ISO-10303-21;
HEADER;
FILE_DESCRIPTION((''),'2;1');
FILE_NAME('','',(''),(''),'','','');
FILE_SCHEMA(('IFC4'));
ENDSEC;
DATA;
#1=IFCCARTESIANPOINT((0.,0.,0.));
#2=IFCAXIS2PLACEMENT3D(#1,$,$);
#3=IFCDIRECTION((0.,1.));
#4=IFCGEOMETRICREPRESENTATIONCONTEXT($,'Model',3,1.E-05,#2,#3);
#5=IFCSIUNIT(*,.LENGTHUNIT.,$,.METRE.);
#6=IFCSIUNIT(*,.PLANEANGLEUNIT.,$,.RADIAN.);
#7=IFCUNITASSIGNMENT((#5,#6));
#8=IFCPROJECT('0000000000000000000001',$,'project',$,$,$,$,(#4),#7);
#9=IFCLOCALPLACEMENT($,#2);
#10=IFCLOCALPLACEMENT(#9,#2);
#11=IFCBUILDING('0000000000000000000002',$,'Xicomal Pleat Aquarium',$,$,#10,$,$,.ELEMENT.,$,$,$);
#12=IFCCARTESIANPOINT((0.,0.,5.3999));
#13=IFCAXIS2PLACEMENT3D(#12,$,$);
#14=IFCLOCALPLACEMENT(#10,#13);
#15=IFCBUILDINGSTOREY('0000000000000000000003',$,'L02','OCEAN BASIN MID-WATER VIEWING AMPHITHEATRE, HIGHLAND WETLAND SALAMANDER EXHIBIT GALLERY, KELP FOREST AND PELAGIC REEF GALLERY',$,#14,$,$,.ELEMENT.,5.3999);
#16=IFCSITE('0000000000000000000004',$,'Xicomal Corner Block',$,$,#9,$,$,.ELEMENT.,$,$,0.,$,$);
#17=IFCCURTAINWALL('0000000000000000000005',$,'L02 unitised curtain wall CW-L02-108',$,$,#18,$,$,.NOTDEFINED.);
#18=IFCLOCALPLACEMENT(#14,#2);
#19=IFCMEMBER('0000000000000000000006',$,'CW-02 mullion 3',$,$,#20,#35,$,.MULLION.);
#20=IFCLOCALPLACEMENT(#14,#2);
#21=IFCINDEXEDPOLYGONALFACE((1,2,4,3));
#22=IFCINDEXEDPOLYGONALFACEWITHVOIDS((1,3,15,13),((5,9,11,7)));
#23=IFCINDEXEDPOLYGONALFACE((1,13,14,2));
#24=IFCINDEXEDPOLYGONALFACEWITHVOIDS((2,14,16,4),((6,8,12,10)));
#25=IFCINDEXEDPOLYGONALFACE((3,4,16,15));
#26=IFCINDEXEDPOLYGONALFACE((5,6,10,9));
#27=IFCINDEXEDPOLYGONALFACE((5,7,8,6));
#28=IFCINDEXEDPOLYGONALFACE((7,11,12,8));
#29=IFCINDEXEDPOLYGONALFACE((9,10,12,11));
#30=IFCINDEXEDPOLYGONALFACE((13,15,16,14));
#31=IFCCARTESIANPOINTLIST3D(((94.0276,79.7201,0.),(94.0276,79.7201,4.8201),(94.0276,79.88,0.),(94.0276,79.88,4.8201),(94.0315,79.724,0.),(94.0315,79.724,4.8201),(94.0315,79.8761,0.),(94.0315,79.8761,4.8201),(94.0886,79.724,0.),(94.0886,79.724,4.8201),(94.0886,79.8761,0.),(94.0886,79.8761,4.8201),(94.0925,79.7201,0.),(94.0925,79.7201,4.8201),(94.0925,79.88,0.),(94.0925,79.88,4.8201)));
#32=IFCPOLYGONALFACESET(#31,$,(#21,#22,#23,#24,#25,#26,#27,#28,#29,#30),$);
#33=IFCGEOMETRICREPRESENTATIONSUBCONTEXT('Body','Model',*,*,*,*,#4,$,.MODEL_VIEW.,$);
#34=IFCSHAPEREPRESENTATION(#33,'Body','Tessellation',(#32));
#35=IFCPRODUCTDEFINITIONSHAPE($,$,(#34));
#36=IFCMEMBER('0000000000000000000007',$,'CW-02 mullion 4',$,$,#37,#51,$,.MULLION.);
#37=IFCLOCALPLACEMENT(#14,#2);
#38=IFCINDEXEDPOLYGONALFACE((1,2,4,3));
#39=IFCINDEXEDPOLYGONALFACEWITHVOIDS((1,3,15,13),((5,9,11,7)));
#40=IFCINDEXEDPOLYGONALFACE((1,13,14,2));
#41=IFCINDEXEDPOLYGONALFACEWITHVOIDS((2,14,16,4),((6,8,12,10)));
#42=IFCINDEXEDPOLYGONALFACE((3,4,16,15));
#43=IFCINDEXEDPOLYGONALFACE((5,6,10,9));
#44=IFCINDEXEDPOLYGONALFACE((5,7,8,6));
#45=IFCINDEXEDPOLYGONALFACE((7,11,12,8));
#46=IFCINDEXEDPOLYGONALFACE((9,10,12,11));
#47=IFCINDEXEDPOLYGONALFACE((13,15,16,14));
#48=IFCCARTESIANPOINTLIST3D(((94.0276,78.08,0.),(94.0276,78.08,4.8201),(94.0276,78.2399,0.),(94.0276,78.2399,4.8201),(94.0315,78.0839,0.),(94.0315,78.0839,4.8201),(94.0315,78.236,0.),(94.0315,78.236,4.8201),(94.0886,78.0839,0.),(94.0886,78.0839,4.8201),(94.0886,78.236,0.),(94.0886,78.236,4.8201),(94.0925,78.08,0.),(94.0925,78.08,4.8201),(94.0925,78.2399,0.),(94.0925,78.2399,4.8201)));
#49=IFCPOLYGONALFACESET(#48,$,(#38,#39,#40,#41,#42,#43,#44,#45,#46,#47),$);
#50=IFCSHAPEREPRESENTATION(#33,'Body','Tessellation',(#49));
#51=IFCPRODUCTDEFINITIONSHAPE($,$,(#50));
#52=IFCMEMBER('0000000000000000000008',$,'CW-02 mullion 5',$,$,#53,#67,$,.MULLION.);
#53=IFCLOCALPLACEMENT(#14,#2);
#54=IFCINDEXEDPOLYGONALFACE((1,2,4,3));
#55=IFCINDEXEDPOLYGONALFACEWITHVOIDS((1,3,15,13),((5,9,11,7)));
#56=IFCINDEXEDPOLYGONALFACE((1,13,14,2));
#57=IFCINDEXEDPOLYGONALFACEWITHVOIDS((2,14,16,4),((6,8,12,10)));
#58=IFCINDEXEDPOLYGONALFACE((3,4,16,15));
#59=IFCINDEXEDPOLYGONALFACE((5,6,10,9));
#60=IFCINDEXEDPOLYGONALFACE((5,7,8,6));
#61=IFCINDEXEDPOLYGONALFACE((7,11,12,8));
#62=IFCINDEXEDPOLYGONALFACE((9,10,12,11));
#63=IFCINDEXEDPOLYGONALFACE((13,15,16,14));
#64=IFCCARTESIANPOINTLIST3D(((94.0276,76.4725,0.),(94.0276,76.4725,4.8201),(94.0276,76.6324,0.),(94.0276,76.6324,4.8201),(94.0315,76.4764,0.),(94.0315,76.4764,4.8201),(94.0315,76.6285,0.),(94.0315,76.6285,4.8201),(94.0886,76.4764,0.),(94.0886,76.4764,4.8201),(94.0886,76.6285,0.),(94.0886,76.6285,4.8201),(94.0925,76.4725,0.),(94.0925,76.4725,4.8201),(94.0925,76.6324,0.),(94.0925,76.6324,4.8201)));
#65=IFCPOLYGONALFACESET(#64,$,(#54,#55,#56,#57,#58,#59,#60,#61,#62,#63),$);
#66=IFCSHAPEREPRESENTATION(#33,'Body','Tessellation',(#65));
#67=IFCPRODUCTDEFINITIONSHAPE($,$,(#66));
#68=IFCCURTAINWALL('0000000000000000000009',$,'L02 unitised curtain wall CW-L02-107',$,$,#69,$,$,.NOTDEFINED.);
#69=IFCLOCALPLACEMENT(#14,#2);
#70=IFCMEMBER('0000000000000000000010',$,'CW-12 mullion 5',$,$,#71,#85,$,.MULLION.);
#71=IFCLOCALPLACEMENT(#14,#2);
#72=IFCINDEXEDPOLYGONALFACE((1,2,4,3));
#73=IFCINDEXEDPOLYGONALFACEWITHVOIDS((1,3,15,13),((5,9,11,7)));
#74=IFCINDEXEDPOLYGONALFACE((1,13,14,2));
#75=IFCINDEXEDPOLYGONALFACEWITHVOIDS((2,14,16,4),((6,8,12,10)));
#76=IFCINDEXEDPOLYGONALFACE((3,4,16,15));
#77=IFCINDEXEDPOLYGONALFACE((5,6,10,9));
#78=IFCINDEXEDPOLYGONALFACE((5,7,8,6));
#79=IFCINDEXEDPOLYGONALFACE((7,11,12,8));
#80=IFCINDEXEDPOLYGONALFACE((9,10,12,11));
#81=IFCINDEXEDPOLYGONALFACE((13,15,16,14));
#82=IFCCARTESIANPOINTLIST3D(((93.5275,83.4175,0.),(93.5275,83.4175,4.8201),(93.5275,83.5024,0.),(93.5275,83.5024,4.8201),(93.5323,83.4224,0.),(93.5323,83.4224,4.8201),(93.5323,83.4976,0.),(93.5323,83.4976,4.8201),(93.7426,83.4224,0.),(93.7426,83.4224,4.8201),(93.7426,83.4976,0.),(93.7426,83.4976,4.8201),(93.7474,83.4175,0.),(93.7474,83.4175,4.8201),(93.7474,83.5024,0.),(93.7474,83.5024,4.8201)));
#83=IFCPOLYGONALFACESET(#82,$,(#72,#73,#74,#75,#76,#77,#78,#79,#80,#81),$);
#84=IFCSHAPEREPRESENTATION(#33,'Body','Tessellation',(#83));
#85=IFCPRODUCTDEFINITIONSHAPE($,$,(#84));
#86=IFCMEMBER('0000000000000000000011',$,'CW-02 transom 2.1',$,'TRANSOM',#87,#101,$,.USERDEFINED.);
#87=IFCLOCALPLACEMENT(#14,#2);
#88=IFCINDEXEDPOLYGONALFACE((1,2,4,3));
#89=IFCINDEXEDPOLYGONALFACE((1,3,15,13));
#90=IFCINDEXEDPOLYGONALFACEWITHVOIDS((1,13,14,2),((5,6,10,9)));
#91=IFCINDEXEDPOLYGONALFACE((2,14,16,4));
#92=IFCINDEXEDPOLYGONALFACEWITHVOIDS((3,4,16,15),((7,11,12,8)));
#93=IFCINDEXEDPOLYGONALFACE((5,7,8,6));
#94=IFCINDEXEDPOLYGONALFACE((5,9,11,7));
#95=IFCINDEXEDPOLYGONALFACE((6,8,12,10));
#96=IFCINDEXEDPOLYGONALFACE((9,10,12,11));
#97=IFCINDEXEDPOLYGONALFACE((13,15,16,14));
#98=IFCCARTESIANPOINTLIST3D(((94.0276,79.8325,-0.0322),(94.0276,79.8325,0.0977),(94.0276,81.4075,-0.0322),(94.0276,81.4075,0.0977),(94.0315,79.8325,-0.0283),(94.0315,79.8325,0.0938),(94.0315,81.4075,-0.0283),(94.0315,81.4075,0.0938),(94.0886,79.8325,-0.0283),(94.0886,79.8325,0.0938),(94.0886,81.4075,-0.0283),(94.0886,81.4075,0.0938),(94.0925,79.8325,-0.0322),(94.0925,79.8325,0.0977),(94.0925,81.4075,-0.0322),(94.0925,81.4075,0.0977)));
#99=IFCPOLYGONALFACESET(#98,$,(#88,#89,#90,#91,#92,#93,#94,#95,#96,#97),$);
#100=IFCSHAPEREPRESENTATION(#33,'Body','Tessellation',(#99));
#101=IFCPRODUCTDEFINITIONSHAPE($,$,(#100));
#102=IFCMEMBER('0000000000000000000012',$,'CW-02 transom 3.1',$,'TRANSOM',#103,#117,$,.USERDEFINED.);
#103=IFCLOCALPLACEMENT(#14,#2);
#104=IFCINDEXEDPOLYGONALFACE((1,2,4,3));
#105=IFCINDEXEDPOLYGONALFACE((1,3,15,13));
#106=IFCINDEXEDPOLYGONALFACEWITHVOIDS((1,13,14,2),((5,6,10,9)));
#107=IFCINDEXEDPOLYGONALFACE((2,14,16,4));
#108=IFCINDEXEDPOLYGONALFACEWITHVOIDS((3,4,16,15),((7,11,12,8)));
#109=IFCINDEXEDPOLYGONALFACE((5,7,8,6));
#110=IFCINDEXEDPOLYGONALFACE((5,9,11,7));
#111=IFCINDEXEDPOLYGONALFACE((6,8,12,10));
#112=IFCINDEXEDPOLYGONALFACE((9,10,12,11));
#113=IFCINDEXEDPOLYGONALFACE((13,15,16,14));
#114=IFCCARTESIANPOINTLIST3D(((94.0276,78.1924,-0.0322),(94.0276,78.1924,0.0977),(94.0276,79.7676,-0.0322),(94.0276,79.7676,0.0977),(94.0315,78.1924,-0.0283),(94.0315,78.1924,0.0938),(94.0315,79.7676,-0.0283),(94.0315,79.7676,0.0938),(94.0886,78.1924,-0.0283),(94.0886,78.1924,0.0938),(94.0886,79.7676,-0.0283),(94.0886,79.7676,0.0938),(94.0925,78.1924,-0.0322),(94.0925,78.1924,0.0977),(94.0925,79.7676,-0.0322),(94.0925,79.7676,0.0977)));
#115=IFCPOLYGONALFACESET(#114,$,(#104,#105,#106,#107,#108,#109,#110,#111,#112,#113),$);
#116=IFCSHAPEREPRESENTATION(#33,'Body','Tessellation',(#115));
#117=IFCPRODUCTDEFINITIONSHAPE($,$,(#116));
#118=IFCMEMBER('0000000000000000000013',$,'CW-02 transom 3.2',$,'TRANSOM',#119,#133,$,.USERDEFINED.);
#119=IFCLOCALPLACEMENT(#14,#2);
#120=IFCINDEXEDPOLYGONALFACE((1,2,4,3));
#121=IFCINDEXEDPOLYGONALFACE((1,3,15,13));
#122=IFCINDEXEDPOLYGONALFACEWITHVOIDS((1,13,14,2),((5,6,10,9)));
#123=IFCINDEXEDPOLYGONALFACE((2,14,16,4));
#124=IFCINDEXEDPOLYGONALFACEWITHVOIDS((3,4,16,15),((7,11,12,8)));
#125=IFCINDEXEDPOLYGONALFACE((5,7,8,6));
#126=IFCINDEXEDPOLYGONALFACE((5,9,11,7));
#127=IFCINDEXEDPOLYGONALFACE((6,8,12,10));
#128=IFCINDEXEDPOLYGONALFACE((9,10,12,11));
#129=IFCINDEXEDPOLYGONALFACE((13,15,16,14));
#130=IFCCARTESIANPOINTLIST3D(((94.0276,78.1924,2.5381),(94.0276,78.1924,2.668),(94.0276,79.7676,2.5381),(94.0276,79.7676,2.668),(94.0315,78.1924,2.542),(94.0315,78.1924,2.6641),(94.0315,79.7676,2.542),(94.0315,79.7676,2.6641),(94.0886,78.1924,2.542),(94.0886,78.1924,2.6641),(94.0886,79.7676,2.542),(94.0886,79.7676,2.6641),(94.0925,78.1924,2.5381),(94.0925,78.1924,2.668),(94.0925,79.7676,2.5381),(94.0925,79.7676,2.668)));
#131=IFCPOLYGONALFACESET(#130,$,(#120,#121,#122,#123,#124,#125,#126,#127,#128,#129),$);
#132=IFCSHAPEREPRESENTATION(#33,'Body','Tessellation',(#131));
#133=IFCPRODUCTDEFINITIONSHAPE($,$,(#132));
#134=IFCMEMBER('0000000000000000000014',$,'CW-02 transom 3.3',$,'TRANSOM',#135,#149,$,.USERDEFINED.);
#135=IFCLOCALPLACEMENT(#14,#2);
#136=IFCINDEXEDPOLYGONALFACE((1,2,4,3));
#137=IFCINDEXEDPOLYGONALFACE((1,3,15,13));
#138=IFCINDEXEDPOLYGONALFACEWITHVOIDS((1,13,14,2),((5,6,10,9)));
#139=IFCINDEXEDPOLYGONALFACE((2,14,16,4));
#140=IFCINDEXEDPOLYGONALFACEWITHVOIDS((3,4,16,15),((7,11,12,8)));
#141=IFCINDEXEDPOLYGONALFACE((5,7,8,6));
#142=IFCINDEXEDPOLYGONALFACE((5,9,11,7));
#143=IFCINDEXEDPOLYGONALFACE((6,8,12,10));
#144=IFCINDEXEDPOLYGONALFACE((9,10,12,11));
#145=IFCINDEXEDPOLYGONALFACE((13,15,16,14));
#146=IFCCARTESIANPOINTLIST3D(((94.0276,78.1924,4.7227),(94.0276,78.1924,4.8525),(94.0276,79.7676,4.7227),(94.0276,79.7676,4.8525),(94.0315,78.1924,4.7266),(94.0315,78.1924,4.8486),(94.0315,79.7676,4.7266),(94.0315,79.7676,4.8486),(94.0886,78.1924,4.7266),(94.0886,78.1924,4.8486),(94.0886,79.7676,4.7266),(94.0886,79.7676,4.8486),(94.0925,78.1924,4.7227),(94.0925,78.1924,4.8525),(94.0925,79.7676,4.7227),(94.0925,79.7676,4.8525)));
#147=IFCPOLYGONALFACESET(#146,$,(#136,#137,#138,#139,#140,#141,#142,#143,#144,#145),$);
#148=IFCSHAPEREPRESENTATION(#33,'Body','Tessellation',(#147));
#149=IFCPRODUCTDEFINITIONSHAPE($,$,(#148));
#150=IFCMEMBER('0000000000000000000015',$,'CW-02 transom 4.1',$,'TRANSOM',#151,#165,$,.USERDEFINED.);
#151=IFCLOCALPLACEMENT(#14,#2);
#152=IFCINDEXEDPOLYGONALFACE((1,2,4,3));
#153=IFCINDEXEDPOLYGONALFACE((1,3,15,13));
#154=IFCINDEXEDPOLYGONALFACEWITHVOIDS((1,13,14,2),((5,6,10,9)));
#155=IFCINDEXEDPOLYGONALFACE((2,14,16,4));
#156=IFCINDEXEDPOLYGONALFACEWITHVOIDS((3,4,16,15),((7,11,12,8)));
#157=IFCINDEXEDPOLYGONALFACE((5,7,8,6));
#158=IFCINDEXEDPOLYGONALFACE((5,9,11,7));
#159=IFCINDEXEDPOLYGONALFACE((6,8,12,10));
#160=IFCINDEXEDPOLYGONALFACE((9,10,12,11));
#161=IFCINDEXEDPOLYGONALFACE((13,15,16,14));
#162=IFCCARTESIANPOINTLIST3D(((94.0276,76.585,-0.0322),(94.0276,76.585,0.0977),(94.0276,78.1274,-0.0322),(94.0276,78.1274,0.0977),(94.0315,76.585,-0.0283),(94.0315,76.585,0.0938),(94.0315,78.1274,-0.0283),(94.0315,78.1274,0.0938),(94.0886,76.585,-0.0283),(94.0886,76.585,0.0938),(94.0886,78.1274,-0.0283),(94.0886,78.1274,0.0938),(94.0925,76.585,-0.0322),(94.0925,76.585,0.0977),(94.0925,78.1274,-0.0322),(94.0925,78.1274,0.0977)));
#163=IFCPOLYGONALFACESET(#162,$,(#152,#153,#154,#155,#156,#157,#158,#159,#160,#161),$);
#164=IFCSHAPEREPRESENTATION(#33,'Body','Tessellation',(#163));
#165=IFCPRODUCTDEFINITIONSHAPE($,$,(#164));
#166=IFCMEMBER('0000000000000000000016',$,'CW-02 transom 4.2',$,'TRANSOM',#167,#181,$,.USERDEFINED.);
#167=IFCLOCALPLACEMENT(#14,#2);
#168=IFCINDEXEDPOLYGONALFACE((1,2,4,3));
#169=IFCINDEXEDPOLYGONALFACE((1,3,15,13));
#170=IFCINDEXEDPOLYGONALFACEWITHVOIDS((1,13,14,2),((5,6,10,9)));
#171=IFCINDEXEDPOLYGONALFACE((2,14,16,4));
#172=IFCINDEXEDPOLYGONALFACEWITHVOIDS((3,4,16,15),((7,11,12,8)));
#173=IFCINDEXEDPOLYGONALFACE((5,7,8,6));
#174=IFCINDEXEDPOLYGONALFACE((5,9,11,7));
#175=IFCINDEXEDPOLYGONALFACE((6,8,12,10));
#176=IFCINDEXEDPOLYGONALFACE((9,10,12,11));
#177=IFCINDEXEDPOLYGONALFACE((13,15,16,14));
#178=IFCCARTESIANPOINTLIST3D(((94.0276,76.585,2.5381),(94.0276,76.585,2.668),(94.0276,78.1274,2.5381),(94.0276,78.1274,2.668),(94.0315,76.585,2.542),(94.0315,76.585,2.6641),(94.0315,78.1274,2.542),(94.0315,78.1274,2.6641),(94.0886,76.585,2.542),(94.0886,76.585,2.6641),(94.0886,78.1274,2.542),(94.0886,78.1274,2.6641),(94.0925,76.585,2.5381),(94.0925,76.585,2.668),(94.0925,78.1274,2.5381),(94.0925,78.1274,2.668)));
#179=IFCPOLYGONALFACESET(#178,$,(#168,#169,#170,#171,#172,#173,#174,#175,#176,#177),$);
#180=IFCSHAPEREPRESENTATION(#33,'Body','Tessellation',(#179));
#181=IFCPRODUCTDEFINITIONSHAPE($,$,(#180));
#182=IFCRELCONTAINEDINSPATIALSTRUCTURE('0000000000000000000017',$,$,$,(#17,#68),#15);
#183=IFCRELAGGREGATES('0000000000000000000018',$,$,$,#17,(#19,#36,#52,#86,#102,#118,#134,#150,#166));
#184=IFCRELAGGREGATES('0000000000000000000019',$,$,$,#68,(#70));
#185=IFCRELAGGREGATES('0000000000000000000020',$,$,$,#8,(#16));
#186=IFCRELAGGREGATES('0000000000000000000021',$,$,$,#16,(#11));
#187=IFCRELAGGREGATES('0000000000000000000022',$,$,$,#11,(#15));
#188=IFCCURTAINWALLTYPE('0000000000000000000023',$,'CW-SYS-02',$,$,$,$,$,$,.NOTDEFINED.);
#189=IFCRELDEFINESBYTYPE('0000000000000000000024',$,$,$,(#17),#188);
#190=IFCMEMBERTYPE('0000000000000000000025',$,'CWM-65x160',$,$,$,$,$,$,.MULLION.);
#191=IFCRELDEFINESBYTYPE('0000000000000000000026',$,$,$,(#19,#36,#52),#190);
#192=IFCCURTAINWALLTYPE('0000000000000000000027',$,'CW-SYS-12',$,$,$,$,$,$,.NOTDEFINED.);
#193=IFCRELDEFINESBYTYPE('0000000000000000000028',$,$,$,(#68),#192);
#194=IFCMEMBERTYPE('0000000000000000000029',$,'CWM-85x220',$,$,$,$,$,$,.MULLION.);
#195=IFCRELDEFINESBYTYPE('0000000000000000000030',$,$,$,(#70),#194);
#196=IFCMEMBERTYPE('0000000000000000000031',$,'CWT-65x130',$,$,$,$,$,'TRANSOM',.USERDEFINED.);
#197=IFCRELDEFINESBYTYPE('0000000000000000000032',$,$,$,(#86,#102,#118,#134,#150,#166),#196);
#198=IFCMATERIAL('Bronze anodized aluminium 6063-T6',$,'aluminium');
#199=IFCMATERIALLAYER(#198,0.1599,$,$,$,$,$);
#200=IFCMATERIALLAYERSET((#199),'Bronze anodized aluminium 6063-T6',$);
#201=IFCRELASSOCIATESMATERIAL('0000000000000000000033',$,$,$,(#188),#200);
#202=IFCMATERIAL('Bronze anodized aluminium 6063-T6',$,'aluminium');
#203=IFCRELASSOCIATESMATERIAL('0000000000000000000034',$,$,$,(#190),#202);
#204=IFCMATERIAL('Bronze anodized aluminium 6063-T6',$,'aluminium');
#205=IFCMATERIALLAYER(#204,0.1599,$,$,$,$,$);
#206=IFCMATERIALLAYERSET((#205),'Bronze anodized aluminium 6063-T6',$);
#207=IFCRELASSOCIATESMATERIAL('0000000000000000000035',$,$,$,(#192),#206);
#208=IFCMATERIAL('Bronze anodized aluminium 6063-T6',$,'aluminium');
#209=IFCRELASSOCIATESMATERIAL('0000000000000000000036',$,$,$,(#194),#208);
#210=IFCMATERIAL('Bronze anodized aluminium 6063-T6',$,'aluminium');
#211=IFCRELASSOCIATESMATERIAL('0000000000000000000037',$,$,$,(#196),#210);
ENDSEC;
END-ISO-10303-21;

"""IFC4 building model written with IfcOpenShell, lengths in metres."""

from ifc_helpers import new_model, si_unit, direction, frame, origin, origin_2d, place, context, subcontext, project, spatial, hollow_rectangle, extrude, material, layer, layer_set, material_profile, profile_set, type_object, element, aggregate, save


model = new_model("IFC4")

# Units and contexts
model_context = context("Model", 3, precision=1e-05, world=origin(), true_north=direction((0.0, 1.0)))
body_context = subcontext(model_context, "Body", "Model", "MODEL_VIEW")
ifc_project = project(units=[si_unit("LENGTHUNIT", "METRE"), si_unit("PLANEANGLEUNIT", "RADIAN")], contexts=[model_context])

# Site, building, storey
site_placement = place(None, origin())
site = spatial("IfcSite", under=ifc_project, at=site_placement, Name="Xicomal Corner Block", CompositionType="ELEMENT", RefElevation=0.0)
building_placement = place(site_placement, origin())
building = spatial("IfcBuilding", under=site, at=building_placement, Name="Xicomal Pleat Aquarium", CompositionType="ELEMENT")
storey_placement = place(building_placement, frame((0.0, 0.0, 5.3999)))
storey = spatial("IfcBuildingStorey", under=building, at=storey_placement, Name="L02", Description="OCEAN BASIN MID-WATER VIEWING AMPHITHEATRE, HIGHLAND WETLAND SALAMANDER EXHIBIT GALLERY, KELP FOREST AND PELAGIC REEF GALLERY", CompositionType="ELEMENT", Elevation=5.3999)

# Curtain wall, members
ifc_material_1 = material(Name="Bronze anodized aluminium 6063-T6", Category="aluminium")
ifc_layer_1 = layer(ifc_material_1, 0.1599)
ifc_layer_set_1 = layer_set([ifc_layer_1], Name="Bronze anodized aluminium 6063-T6")
curtain_wall_type_1 = type_object("IfcCurtainWallType", Name="CW-SYS-02", PredefinedType="NOTDEFINED", material=ifc_layer_set_1)
curtain_wall_1_placement = place(storey_placement, origin())
curtain_wall_1 = element("IfcCurtainWall", 1, at=curtain_wall_1_placement, inside=storey, type_object=curtain_wall_type_1, Name="L02 unitised curtain wall CW-L02-108", PredefinedType="NOTDEFINED")
ifc_material_2 = material(Name="Bronze anodized aluminium 6063-T6", Category="aluminium")
ifc_material_profile_1 = material_profile(ifc_material_2, hollow_rectangle(XDim=0.0649, YDim=0.1599, WallThickness=0.0039, at=origin_2d()), Name="ALU MULL 65x160")
ifc_profile_set_1 = profile_set([ifc_material_profile_1], Name="Bronze anodized aluminium 6063-T6")
member_type_1 = type_object("IfcMemberType", Name="CWM-65x160", PredefinedType="MULLION", material=ifc_profile_set_1)
member_1_placement = place(storey_placement, frame((94.0601, 79.8, 0.0), z_axis=(0.0, 0.0, 1.0), x_axis=(1.0, 0.0, 0.0)))
member_1 = element("IfcMember", 2, at=member_1_placement, type_object=member_type_1, Name="CW-02 mullion 3", PredefinedType="MULLION", context=body_context, shape_type="SweptSolid", body=[
    extrude(hollow_rectangle(XDim=0.0649, YDim=0.1599, WallThickness=0.0039, at=origin_2d()), origin(), (0.0, 0.0, 1.0), 4.8201),
])
member_2_placement = place(storey_placement, frame((94.0601, 78.1599, 0.0), z_axis=(0.0, 0.0, 1.0), x_axis=(1.0, 0.0, 0.0)))
member_2 = element("IfcMember", 3, at=member_2_placement, type_object=member_type_1, Name="CW-02 mullion 4", PredefinedType="MULLION", context=body_context, shape_type="SweptSolid", body=[
    extrude(hollow_rectangle(XDim=0.0649, YDim=0.1599, WallThickness=0.0039, at=origin_2d()), origin(), (0.0, 0.0, 1.0), 4.8201),
])
member_3_placement = place(storey_placement, frame((94.0601, 76.5525, 0.0), z_axis=(0.0, 0.0, 1.0), x_axis=(1.0, 0.0, 0.0)))
member_3 = element("IfcMember", 4, at=member_3_placement, type_object=member_type_1, Name="CW-02 mullion 5", PredefinedType="MULLION", context=body_context, shape_type="SweptSolid", body=[
    extrude(hollow_rectangle(XDim=0.0649, YDim=0.1599, WallThickness=0.0039, at=origin_2d()), origin(), (0.0, 0.0, 1.0), 4.8201),
])

# Curtain wall, member
ifc_material_3 = material(Name="Bronze anodized aluminium 6063-T6", Category="aluminium")
ifc_layer_2 = layer(ifc_material_3, 0.1599)
ifc_layer_set_2 = layer_set([ifc_layer_2], Name="Bronze anodized aluminium 6063-T6")
curtain_wall_type_2 = type_object("IfcCurtainWallType", Name="CW-SYS-12", PredefinedType="NOTDEFINED", material=ifc_layer_set_2)
curtain_wall_2_placement = place(storey_placement, origin())
curtain_wall_2 = element("IfcCurtainWall", 5, at=curtain_wall_2_placement, inside=storey, type_object=curtain_wall_type_2, Name="L02 unitised curtain wall CW-L02-107", PredefinedType="NOTDEFINED")
ifc_material_4 = material(Name="Bronze anodized aluminium 6063-T6", Category="aluminium")
ifc_material_profile_2 = material_profile(ifc_material_4, hollow_rectangle(XDim=0.085, YDim=0.22, WallThickness=0.0049, at=origin_2d()), Name="ALU MULL 85x220")
ifc_profile_set_2 = profile_set([ifc_material_profile_2], Name="Bronze anodized aluminium 6063-T6")
member_type_2 = type_object("IfcMemberType", Name="CWM-85x220", PredefinedType="MULLION", material=ifc_profile_set_2)
member_4_placement = place(storey_placement, frame((93.6375, 83.46, 0.0), z_axis=(0.0, 0.0, 1.0), x_axis=(0.0, 1.0, 0.0)))
member_4 = element("IfcMember", 6, at=member_4_placement, type_object=member_type_2, Name="CW-12 mullion 5", PredefinedType="MULLION", context=body_context, shape_type="SweptSolid", body=[
    extrude(hollow_rectangle(XDim=0.085, YDim=0.22, WallThickness=0.0049, at=origin_2d()), origin(), (0.0, 0.0, 1.0), 4.8201),
])

# Members
ifc_material_5 = material(Name="Bronze anodized aluminium 6063-T6", Category="aluminium")
ifc_material_profile_3 = material_profile(ifc_material_5, hollow_rectangle(XDim=0.0649, YDim=0.1299, WallThickness=0.0039, at=origin_2d()), Name="ALU TRAN 65x130")
ifc_profile_set_3 = profile_set([ifc_material_profile_3], Name="Bronze anodized aluminium 6063-T6")
member_type_3 = type_object("IfcMemberType", Name="CWT-65x130", ElementType="TRANSOM", PredefinedType="USERDEFINED", material=ifc_profile_set_3)
member_5_placement = place(storey_placement, frame((94.0601, 81.4075, 0.0327), z_axis=(0.0, -1.0, 0.0), x_axis=(1.0, 0.0, 0.0)))
member_5 = element("IfcMember", 7, at=member_5_placement, type_object=member_type_3, Name="CW-02 transom 2.1", ObjectType="TRANSOM", PredefinedType="USERDEFINED", context=body_context, shape_type="SweptSolid", body=[
    extrude(hollow_rectangle(XDim=0.0649, YDim=0.1299, WallThickness=0.0039, at=origin_2d()), origin(), (0.0, 0.0, 1.0), 1.575),
])
member_6_placement = place(storey_placement, frame((94.0601, 79.7676, 0.0327), z_axis=(0.0, -1.0, 0.0), x_axis=(1.0, 0.0, 0.0)))
member_6 = element("IfcMember", 8, at=member_6_placement, type_object=member_type_3, Name="CW-02 transom 3.1", ObjectType="TRANSOM", PredefinedType="USERDEFINED", context=body_context, shape_type="SweptSolid", body=[
    extrude(hollow_rectangle(XDim=0.0649, YDim=0.1299, WallThickness=0.0039, at=origin_2d()), origin(), (0.0, 0.0, 1.0), 1.5752),
])
member_7_placement = place(storey_placement, frame((94.0601, 79.7676, 2.603), z_axis=(0.0, -1.0, 0.0), x_axis=(1.0, 0.0, 0.0)))
member_7 = element("IfcMember", 9, at=member_7_placement, type_object=member_type_3, Name="CW-02 transom 3.2", ObjectType="TRANSOM", PredefinedType="USERDEFINED", context=body_context, shape_type="SweptSolid", body=[
    extrude(hollow_rectangle(XDim=0.0649, YDim=0.1299, WallThickness=0.0039, at=origin_2d()), origin(), (0.0, 0.0, 1.0), 1.5752),
])
member_8_placement = place(storey_placement, frame((94.0601, 79.7676, 4.7876), z_axis=(0.0, -1.0, 0.0), x_axis=(1.0, 0.0, 0.0)))
member_8 = element("IfcMember", 10, at=member_8_placement, type_object=member_type_3, Name="CW-02 transom 3.3", ObjectType="TRANSOM", PredefinedType="USERDEFINED", context=body_context, shape_type="SweptSolid", body=[
    extrude(hollow_rectangle(XDim=0.0649, YDim=0.1299, WallThickness=0.0039, at=origin_2d()), origin(), (0.0, 0.0, 1.0), 1.5752),
])
member_9_placement = place(storey_placement, frame((94.0601, 78.1274, 0.0327), z_axis=(0.0, -1.0, 0.0), x_axis=(1.0, 0.0, 0.0)))
member_9 = element("IfcMember", 11, at=member_9_placement, type_object=member_type_3, Name="CW-02 transom 4.1", ObjectType="TRANSOM", PredefinedType="USERDEFINED", context=body_context, shape_type="SweptSolid", body=[
    extrude(hollow_rectangle(XDim=0.0649, YDim=0.1299, WallThickness=0.0039, at=origin_2d()), origin(), (0.0, 0.0, 1.0), 1.5425),
])
member_10_placement = place(storey_placement, frame((94.0601, 78.1274, 2.603), z_axis=(0.0, -1.0, 0.0), x_axis=(1.0, 0.0, 0.0)))
member_10 = element("IfcMember", 12, at=member_10_placement, type_object=member_type_3, Name="CW-02 transom 4.2", ObjectType="TRANSOM", PredefinedType="USERDEFINED", context=body_context, shape_type="SweptSolid", body=[
    extrude(hollow_rectangle(XDim=0.0649, YDim=0.1299, WallThickness=0.0039, at=origin_2d()), origin(), (0.0, 0.0, 1.0), 1.5425),
])

aggregate(curtain_wall_1, [member_1, member_2, member_3, member_5, member_6, member_7, member_8, member_9, member_10])
aggregate(curtain_wall_2, [member_4])

save(model, "model.ifc")
